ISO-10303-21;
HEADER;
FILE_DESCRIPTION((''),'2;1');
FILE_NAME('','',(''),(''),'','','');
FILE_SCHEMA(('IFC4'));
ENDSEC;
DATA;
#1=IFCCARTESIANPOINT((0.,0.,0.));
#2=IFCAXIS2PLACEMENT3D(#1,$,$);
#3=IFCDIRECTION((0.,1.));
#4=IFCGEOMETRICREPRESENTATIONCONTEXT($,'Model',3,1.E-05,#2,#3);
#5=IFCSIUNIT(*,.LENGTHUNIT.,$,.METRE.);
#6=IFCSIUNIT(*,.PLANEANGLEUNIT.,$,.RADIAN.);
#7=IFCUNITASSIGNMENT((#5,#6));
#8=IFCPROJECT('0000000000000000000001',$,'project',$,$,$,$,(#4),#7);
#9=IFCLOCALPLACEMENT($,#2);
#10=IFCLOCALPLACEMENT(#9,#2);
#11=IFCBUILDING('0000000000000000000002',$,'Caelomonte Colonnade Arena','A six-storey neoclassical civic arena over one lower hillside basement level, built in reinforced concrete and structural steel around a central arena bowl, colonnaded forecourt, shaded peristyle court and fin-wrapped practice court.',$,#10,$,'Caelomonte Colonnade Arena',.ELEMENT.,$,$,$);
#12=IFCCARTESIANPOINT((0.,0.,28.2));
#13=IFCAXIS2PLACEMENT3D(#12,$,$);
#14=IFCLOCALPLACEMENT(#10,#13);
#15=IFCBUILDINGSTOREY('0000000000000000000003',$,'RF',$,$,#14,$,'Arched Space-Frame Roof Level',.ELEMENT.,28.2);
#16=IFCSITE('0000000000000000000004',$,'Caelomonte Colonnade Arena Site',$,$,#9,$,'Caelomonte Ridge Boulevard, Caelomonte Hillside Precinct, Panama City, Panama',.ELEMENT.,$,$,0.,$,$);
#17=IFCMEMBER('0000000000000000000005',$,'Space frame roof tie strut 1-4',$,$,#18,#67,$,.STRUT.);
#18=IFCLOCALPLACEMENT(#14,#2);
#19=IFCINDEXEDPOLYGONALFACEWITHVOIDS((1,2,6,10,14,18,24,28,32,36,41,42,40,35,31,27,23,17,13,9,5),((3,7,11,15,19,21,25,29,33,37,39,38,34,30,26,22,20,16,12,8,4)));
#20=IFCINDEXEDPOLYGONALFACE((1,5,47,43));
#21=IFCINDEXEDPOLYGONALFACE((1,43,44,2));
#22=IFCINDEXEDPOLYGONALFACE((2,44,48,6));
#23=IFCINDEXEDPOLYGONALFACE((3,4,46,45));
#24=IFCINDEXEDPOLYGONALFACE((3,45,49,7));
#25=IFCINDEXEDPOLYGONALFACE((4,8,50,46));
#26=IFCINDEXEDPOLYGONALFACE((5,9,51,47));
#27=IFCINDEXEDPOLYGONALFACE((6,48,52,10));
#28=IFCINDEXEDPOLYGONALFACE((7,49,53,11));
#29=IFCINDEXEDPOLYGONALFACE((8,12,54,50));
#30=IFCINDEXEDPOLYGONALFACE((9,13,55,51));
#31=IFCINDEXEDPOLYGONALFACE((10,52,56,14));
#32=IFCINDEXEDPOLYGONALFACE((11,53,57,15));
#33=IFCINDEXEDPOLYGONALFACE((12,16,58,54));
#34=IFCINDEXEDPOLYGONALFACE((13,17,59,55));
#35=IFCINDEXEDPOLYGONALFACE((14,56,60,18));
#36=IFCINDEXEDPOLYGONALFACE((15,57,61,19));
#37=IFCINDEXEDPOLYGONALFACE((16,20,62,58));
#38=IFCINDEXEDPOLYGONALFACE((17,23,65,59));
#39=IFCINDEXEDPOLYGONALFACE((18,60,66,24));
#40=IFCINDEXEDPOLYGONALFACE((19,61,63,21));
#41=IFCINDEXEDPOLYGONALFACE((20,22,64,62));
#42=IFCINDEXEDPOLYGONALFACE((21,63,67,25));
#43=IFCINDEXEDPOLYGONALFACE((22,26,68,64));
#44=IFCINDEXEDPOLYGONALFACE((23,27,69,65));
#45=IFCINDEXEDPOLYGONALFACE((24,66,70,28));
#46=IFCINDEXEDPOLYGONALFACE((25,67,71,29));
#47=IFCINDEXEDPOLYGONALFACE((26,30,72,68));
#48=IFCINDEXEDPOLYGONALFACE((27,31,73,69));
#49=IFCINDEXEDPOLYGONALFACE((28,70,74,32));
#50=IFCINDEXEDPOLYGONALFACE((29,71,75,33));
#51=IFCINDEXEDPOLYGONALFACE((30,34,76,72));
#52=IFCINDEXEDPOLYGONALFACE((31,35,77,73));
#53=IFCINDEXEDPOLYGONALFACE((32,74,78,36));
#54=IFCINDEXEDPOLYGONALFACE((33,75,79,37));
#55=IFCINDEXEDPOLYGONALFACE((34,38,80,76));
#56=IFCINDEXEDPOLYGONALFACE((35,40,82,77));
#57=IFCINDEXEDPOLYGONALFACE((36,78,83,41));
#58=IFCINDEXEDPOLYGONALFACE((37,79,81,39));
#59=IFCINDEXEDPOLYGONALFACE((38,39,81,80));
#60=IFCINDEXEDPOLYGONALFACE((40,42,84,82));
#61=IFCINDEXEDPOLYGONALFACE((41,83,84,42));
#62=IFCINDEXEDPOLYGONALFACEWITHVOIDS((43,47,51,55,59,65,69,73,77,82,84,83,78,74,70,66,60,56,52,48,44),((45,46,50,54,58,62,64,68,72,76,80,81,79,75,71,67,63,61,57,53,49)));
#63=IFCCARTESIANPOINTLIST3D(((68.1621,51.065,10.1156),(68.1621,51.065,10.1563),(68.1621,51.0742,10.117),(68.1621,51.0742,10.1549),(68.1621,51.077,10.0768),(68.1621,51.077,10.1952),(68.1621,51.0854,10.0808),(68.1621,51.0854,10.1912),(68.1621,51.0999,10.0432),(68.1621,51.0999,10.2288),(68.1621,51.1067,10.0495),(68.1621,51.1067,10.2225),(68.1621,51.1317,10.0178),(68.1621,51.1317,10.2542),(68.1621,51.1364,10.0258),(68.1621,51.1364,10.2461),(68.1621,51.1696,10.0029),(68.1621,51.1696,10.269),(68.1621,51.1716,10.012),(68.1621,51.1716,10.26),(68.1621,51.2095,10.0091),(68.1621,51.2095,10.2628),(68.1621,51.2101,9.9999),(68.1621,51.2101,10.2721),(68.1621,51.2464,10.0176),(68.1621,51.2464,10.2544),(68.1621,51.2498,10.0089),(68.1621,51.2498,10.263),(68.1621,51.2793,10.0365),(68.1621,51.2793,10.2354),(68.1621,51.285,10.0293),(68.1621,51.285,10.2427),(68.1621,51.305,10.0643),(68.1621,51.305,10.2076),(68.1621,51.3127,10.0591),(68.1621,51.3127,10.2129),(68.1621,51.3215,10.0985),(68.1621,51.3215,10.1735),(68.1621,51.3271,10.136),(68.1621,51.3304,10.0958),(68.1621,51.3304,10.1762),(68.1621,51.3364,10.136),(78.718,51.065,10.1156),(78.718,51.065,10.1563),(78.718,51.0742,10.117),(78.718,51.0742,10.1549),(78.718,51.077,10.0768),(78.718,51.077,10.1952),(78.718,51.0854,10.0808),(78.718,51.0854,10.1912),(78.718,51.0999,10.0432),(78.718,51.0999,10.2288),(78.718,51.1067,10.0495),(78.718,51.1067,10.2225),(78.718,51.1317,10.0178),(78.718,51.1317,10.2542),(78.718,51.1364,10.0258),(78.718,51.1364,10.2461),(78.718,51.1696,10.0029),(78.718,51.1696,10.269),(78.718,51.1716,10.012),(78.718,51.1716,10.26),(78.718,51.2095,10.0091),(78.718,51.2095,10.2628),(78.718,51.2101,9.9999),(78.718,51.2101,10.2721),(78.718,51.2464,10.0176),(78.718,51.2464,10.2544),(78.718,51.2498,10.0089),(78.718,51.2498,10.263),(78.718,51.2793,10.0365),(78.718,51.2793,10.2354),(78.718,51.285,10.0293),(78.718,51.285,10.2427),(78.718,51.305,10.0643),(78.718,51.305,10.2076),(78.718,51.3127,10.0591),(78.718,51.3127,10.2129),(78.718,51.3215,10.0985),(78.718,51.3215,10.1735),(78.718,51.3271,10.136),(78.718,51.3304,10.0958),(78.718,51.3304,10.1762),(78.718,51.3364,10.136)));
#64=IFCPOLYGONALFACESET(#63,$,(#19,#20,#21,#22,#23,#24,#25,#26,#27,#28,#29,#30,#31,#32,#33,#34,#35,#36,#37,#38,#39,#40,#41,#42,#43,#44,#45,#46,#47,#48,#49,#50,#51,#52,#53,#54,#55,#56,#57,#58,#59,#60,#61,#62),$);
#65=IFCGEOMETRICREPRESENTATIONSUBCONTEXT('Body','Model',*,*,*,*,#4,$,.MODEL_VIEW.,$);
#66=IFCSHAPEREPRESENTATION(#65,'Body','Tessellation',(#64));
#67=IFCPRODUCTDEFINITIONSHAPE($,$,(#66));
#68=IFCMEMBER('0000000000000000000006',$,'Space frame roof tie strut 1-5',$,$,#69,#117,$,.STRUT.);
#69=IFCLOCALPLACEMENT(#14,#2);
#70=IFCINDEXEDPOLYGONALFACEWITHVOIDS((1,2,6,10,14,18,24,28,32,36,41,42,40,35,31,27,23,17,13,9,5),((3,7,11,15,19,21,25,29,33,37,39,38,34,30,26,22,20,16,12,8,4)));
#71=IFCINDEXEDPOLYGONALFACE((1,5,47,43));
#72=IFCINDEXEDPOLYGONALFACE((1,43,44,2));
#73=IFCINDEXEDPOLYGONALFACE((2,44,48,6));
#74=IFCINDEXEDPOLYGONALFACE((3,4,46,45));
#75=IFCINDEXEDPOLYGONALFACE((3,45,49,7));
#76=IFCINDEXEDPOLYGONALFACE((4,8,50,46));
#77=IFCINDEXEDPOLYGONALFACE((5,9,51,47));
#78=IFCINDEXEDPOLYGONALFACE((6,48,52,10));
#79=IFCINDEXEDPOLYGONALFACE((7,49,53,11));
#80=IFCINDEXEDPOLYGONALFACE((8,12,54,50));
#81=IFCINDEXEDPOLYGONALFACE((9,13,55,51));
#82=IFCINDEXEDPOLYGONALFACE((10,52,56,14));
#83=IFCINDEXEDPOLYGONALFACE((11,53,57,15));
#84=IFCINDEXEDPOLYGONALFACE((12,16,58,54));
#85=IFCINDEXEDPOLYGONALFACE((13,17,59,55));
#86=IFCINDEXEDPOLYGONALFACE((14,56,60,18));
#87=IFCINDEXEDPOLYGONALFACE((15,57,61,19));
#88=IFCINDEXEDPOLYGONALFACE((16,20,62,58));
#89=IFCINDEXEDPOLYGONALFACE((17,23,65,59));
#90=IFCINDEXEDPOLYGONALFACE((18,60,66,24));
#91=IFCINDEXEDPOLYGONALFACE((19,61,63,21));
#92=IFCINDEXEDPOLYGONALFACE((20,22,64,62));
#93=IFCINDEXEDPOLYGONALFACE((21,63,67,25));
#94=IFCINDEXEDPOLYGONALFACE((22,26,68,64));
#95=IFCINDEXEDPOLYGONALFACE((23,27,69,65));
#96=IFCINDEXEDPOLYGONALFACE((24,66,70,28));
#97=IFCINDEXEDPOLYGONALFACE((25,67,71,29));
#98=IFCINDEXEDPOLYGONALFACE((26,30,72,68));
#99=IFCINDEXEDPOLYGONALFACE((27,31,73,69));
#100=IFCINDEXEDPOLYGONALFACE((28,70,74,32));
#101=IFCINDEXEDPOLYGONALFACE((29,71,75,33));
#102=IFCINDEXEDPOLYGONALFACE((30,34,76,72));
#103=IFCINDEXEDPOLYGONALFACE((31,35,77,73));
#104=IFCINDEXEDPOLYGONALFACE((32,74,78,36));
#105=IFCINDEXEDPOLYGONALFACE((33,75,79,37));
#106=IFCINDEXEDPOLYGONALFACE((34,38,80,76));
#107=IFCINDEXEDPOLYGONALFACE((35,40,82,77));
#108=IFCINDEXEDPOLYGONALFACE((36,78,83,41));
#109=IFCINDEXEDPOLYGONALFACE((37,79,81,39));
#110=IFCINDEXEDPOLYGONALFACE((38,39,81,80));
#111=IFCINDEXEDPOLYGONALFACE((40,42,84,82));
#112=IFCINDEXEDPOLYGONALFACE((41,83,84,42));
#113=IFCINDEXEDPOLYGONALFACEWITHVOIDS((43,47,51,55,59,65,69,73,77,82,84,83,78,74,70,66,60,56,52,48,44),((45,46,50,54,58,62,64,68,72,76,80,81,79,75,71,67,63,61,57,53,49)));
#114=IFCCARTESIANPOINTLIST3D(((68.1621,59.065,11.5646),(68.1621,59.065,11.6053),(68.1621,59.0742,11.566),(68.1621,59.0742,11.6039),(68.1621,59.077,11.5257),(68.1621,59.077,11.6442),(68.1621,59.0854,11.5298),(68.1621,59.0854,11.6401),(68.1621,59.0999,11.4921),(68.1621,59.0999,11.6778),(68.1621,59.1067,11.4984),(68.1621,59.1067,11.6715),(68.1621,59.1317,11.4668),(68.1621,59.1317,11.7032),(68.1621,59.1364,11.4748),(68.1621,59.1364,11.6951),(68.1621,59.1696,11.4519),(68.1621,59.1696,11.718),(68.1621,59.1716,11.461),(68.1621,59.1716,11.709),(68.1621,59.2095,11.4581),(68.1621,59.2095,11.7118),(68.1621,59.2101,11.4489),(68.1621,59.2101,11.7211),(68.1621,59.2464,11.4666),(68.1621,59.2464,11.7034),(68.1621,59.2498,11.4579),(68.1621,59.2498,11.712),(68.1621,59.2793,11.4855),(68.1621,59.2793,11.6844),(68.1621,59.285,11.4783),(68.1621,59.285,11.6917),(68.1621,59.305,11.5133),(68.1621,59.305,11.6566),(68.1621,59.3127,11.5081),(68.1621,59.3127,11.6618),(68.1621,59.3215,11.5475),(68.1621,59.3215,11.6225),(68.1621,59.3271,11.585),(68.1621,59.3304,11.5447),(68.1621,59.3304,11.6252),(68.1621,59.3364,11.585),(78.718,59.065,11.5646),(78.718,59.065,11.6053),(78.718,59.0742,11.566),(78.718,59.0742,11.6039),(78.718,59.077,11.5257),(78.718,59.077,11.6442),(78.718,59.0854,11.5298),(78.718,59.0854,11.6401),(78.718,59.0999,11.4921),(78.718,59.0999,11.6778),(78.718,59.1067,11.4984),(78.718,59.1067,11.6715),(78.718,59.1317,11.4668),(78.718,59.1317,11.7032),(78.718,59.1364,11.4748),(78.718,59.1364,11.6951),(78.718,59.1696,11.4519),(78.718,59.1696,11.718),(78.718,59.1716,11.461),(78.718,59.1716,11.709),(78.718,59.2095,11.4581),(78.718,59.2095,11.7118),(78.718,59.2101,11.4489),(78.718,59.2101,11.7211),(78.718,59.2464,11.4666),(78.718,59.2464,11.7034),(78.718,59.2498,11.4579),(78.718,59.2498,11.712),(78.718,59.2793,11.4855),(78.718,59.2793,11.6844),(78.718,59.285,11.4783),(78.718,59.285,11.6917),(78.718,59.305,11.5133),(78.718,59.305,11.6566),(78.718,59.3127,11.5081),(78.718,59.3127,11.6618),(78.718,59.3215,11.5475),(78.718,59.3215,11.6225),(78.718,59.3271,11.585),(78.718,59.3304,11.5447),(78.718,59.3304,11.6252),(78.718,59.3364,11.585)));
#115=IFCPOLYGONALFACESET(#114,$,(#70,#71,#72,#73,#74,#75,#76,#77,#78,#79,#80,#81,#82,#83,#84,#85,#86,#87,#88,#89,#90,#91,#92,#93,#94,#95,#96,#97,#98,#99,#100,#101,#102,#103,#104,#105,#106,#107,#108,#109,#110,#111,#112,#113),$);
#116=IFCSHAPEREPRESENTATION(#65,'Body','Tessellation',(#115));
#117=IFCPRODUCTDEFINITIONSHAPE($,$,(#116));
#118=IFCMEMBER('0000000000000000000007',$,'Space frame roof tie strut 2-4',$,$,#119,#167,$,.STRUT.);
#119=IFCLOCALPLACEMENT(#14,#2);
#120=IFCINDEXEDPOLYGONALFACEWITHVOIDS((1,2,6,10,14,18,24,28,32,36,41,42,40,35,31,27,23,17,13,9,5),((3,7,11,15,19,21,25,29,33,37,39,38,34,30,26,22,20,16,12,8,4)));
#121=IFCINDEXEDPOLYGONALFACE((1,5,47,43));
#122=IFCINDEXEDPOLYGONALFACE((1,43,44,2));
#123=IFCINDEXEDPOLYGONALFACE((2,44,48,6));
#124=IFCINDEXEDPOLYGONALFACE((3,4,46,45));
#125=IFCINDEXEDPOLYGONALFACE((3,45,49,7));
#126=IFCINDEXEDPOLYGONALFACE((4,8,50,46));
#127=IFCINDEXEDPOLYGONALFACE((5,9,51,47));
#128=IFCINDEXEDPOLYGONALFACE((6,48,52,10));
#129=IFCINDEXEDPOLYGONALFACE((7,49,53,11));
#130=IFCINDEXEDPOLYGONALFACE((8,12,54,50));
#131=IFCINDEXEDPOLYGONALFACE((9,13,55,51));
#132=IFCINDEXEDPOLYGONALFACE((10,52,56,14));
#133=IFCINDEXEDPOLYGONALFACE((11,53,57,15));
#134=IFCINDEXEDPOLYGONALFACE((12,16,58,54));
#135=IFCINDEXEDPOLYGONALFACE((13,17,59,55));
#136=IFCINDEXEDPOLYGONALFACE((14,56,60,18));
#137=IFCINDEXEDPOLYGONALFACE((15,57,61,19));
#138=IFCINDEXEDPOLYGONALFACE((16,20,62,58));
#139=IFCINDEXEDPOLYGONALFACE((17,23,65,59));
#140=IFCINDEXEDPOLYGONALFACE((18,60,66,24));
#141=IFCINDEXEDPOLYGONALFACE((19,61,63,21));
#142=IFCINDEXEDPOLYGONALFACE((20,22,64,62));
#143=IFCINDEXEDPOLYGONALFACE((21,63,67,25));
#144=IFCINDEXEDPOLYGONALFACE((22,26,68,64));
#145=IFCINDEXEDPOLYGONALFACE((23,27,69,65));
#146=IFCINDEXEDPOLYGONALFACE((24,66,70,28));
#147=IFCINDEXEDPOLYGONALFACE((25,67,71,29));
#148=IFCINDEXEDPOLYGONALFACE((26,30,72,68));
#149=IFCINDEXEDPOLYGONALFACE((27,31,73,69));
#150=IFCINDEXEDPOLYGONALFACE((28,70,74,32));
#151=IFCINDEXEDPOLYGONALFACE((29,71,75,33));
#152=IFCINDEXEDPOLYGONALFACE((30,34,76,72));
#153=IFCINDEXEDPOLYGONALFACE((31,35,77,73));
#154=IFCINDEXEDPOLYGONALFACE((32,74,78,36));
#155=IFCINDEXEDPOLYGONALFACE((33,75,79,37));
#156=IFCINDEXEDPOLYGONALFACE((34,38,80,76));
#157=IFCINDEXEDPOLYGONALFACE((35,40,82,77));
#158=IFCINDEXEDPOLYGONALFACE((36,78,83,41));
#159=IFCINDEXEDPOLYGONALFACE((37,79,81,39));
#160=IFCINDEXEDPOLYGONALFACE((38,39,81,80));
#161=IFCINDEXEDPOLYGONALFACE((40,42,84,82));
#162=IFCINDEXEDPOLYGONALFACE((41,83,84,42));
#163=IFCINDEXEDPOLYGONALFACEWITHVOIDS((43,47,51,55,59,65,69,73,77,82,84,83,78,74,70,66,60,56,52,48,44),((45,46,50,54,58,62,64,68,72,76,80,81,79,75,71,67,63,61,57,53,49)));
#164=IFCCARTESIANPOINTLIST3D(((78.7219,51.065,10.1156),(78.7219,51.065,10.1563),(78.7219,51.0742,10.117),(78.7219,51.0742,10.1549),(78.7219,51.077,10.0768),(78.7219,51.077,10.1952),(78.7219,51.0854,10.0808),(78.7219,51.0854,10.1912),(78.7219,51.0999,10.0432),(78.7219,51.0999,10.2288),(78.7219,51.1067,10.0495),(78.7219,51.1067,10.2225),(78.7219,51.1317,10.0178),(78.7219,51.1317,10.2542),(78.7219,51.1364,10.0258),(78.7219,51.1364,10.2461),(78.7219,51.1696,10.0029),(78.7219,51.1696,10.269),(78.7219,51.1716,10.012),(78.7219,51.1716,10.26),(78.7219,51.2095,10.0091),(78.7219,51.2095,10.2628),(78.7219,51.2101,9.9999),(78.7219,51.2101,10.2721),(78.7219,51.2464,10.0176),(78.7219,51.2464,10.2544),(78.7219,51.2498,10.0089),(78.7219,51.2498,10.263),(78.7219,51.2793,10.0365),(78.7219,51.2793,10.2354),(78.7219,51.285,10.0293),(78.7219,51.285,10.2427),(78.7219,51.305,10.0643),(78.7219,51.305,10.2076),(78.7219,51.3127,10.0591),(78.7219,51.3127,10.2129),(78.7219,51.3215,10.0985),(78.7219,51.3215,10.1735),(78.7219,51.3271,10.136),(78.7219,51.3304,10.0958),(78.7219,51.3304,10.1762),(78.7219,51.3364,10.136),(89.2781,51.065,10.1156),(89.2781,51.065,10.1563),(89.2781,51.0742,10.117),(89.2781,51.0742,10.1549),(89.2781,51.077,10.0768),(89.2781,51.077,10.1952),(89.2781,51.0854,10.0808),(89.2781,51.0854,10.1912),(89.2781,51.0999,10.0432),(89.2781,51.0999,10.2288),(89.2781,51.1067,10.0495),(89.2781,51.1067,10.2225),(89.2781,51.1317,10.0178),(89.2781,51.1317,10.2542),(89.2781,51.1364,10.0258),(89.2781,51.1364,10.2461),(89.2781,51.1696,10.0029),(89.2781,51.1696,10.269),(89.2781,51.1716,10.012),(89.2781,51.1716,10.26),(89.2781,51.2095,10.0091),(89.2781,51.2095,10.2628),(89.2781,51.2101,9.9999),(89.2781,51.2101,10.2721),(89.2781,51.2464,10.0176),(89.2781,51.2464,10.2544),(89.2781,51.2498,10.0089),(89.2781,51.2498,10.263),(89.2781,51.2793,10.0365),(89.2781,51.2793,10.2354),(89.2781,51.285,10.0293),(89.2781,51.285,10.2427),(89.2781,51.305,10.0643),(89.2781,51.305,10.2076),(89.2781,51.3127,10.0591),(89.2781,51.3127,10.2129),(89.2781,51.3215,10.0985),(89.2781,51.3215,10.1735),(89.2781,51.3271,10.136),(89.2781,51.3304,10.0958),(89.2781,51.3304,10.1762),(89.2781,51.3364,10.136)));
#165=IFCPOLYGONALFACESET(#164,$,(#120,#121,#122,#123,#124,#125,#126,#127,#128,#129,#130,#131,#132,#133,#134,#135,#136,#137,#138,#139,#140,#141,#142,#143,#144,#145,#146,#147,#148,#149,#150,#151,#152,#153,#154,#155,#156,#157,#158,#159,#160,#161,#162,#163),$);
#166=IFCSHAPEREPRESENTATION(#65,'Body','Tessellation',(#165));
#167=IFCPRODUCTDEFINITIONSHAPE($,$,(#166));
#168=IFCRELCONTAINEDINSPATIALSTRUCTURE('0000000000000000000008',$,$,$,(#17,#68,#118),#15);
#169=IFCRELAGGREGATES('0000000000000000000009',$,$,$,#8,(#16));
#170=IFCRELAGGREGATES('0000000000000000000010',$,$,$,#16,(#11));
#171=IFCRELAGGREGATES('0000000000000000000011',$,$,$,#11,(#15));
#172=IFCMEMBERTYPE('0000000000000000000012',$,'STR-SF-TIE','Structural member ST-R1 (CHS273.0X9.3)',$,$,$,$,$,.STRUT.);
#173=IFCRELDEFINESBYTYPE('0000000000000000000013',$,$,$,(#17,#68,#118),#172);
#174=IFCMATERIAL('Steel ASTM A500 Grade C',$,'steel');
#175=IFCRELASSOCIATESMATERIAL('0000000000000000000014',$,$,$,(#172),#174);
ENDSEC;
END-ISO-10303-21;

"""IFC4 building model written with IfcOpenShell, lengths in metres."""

from ifc_helpers import new_model, si_unit, direction, frame, origin, origin_2d, place, context, subcontext, project, spatial, hollow_circle, extrude, material, material_profile, profile_set, type_object, element, save


model = new_model("IFC4")

# Units and contexts
model_context = context("Model", 3, precision=1e-05, world=origin(), true_north=direction((0.0, 1.0)))
body_context = subcontext(model_context, "Body", "Model", "MODEL_VIEW")
ifc_project = project(units=[si_unit("LENGTHUNIT", "METRE"), si_unit("PLANEANGLEUNIT", "RADIAN")], contexts=[model_context])

# Site, building, storey
site_placement = place(None, origin())
site = spatial("IfcSite", under=ifc_project, at=site_placement, Name="Caelomonte Colonnade Arena Site", LongName="Caelomonte Ridge Boulevard, Caelomonte Hillside Precinct, Panama City, Panama", CompositionType="ELEMENT", RefElevation=0.0)
building_placement = place(site_placement, origin())
building = spatial("IfcBuilding", under=site, at=building_placement, Name="Caelomonte Colonnade Arena", Description="A six-storey neoclassical civic arena over one lower hillside basement level, built in reinforced concrete and structural steel around a central arena bowl, colonnaded forecourt, shaded peristyle court and fin-wrapped practice court.", LongName="Caelomonte Colonnade Arena", CompositionType="ELEMENT")
storey_placement = place(building_placement, frame((0.0, 0.0, 28.2)))
storey = spatial("IfcBuildingStorey", under=building, at=storey_placement, Name="RF", LongName="Arched Space-Frame Roof Level", CompositionType="ELEMENT", Elevation=28.2)

# Members
ifc_material_1 = material(Name="Steel ASTM A500 Grade C", Category="steel")
ifc_material_profile_1 = material_profile(ifc_material_1, hollow_circle(Radius=0.1365, WallThickness=0.0093, at=origin_2d()), Name="CHS273.0X9.3")
ifc_profile_set_1 = profile_set([ifc_material_profile_1], Name="Steel ASTM A500 Grade C")
member_type_1 = type_object("IfcMemberType", Name="STR-SF-TIE", Description="Structural member ST-R1 (CHS273.0X9.3)", PredefinedType="STRUT", material=ifc_profile_set_1)
for number, where, z_axis, x_axis, name in (
    (1, (68.1621, 51.2, 10.136), (1.0, 0.0, 0.0), (0.0, 1.0, 0.0), "Space frame roof tie strut 1-4"),
    (2, (68.1621, 59.2, 11.585), (1.0, 0.0, 0.0), (0.0, 1.0, 0.0), "Space frame roof tie strut 1-5"),
):
    element("IfcMember", number, at=place(storey_placement, frame(where, z_axis=z_axis, x_axis=x_axis)), inside=storey, type_object=member_type_1, Name=name, PredefinedType="STRUT", context=body_context, shape_type="SweptSolid", body=[
        extrude(hollow_circle(Radius=0.1365, WallThickness=0.0093, at=origin_2d()), origin(), (0.0, 0.0, 1.0), 10.5559),
    ])
member_1_placement = place(storey_placement, frame((78.7219, 51.2, 10.136), z_axis=(1.0, 0.0, 0.0), x_axis=(0.0, 1.0, 0.0)))
element("IfcMember", 3, at=member_1_placement, inside=storey, type_object=member_type_1, Name="Space frame roof tie strut 2-4", PredefinedType="STRUT", context=body_context, shape_type="SweptSolid", body=[
    extrude(hollow_circle(Radius=0.1365, WallThickness=0.0093, at=origin_2d()), origin(), (0.0, 0.0, 1.0), 10.5562),
])

save(model, "model.ifc")
